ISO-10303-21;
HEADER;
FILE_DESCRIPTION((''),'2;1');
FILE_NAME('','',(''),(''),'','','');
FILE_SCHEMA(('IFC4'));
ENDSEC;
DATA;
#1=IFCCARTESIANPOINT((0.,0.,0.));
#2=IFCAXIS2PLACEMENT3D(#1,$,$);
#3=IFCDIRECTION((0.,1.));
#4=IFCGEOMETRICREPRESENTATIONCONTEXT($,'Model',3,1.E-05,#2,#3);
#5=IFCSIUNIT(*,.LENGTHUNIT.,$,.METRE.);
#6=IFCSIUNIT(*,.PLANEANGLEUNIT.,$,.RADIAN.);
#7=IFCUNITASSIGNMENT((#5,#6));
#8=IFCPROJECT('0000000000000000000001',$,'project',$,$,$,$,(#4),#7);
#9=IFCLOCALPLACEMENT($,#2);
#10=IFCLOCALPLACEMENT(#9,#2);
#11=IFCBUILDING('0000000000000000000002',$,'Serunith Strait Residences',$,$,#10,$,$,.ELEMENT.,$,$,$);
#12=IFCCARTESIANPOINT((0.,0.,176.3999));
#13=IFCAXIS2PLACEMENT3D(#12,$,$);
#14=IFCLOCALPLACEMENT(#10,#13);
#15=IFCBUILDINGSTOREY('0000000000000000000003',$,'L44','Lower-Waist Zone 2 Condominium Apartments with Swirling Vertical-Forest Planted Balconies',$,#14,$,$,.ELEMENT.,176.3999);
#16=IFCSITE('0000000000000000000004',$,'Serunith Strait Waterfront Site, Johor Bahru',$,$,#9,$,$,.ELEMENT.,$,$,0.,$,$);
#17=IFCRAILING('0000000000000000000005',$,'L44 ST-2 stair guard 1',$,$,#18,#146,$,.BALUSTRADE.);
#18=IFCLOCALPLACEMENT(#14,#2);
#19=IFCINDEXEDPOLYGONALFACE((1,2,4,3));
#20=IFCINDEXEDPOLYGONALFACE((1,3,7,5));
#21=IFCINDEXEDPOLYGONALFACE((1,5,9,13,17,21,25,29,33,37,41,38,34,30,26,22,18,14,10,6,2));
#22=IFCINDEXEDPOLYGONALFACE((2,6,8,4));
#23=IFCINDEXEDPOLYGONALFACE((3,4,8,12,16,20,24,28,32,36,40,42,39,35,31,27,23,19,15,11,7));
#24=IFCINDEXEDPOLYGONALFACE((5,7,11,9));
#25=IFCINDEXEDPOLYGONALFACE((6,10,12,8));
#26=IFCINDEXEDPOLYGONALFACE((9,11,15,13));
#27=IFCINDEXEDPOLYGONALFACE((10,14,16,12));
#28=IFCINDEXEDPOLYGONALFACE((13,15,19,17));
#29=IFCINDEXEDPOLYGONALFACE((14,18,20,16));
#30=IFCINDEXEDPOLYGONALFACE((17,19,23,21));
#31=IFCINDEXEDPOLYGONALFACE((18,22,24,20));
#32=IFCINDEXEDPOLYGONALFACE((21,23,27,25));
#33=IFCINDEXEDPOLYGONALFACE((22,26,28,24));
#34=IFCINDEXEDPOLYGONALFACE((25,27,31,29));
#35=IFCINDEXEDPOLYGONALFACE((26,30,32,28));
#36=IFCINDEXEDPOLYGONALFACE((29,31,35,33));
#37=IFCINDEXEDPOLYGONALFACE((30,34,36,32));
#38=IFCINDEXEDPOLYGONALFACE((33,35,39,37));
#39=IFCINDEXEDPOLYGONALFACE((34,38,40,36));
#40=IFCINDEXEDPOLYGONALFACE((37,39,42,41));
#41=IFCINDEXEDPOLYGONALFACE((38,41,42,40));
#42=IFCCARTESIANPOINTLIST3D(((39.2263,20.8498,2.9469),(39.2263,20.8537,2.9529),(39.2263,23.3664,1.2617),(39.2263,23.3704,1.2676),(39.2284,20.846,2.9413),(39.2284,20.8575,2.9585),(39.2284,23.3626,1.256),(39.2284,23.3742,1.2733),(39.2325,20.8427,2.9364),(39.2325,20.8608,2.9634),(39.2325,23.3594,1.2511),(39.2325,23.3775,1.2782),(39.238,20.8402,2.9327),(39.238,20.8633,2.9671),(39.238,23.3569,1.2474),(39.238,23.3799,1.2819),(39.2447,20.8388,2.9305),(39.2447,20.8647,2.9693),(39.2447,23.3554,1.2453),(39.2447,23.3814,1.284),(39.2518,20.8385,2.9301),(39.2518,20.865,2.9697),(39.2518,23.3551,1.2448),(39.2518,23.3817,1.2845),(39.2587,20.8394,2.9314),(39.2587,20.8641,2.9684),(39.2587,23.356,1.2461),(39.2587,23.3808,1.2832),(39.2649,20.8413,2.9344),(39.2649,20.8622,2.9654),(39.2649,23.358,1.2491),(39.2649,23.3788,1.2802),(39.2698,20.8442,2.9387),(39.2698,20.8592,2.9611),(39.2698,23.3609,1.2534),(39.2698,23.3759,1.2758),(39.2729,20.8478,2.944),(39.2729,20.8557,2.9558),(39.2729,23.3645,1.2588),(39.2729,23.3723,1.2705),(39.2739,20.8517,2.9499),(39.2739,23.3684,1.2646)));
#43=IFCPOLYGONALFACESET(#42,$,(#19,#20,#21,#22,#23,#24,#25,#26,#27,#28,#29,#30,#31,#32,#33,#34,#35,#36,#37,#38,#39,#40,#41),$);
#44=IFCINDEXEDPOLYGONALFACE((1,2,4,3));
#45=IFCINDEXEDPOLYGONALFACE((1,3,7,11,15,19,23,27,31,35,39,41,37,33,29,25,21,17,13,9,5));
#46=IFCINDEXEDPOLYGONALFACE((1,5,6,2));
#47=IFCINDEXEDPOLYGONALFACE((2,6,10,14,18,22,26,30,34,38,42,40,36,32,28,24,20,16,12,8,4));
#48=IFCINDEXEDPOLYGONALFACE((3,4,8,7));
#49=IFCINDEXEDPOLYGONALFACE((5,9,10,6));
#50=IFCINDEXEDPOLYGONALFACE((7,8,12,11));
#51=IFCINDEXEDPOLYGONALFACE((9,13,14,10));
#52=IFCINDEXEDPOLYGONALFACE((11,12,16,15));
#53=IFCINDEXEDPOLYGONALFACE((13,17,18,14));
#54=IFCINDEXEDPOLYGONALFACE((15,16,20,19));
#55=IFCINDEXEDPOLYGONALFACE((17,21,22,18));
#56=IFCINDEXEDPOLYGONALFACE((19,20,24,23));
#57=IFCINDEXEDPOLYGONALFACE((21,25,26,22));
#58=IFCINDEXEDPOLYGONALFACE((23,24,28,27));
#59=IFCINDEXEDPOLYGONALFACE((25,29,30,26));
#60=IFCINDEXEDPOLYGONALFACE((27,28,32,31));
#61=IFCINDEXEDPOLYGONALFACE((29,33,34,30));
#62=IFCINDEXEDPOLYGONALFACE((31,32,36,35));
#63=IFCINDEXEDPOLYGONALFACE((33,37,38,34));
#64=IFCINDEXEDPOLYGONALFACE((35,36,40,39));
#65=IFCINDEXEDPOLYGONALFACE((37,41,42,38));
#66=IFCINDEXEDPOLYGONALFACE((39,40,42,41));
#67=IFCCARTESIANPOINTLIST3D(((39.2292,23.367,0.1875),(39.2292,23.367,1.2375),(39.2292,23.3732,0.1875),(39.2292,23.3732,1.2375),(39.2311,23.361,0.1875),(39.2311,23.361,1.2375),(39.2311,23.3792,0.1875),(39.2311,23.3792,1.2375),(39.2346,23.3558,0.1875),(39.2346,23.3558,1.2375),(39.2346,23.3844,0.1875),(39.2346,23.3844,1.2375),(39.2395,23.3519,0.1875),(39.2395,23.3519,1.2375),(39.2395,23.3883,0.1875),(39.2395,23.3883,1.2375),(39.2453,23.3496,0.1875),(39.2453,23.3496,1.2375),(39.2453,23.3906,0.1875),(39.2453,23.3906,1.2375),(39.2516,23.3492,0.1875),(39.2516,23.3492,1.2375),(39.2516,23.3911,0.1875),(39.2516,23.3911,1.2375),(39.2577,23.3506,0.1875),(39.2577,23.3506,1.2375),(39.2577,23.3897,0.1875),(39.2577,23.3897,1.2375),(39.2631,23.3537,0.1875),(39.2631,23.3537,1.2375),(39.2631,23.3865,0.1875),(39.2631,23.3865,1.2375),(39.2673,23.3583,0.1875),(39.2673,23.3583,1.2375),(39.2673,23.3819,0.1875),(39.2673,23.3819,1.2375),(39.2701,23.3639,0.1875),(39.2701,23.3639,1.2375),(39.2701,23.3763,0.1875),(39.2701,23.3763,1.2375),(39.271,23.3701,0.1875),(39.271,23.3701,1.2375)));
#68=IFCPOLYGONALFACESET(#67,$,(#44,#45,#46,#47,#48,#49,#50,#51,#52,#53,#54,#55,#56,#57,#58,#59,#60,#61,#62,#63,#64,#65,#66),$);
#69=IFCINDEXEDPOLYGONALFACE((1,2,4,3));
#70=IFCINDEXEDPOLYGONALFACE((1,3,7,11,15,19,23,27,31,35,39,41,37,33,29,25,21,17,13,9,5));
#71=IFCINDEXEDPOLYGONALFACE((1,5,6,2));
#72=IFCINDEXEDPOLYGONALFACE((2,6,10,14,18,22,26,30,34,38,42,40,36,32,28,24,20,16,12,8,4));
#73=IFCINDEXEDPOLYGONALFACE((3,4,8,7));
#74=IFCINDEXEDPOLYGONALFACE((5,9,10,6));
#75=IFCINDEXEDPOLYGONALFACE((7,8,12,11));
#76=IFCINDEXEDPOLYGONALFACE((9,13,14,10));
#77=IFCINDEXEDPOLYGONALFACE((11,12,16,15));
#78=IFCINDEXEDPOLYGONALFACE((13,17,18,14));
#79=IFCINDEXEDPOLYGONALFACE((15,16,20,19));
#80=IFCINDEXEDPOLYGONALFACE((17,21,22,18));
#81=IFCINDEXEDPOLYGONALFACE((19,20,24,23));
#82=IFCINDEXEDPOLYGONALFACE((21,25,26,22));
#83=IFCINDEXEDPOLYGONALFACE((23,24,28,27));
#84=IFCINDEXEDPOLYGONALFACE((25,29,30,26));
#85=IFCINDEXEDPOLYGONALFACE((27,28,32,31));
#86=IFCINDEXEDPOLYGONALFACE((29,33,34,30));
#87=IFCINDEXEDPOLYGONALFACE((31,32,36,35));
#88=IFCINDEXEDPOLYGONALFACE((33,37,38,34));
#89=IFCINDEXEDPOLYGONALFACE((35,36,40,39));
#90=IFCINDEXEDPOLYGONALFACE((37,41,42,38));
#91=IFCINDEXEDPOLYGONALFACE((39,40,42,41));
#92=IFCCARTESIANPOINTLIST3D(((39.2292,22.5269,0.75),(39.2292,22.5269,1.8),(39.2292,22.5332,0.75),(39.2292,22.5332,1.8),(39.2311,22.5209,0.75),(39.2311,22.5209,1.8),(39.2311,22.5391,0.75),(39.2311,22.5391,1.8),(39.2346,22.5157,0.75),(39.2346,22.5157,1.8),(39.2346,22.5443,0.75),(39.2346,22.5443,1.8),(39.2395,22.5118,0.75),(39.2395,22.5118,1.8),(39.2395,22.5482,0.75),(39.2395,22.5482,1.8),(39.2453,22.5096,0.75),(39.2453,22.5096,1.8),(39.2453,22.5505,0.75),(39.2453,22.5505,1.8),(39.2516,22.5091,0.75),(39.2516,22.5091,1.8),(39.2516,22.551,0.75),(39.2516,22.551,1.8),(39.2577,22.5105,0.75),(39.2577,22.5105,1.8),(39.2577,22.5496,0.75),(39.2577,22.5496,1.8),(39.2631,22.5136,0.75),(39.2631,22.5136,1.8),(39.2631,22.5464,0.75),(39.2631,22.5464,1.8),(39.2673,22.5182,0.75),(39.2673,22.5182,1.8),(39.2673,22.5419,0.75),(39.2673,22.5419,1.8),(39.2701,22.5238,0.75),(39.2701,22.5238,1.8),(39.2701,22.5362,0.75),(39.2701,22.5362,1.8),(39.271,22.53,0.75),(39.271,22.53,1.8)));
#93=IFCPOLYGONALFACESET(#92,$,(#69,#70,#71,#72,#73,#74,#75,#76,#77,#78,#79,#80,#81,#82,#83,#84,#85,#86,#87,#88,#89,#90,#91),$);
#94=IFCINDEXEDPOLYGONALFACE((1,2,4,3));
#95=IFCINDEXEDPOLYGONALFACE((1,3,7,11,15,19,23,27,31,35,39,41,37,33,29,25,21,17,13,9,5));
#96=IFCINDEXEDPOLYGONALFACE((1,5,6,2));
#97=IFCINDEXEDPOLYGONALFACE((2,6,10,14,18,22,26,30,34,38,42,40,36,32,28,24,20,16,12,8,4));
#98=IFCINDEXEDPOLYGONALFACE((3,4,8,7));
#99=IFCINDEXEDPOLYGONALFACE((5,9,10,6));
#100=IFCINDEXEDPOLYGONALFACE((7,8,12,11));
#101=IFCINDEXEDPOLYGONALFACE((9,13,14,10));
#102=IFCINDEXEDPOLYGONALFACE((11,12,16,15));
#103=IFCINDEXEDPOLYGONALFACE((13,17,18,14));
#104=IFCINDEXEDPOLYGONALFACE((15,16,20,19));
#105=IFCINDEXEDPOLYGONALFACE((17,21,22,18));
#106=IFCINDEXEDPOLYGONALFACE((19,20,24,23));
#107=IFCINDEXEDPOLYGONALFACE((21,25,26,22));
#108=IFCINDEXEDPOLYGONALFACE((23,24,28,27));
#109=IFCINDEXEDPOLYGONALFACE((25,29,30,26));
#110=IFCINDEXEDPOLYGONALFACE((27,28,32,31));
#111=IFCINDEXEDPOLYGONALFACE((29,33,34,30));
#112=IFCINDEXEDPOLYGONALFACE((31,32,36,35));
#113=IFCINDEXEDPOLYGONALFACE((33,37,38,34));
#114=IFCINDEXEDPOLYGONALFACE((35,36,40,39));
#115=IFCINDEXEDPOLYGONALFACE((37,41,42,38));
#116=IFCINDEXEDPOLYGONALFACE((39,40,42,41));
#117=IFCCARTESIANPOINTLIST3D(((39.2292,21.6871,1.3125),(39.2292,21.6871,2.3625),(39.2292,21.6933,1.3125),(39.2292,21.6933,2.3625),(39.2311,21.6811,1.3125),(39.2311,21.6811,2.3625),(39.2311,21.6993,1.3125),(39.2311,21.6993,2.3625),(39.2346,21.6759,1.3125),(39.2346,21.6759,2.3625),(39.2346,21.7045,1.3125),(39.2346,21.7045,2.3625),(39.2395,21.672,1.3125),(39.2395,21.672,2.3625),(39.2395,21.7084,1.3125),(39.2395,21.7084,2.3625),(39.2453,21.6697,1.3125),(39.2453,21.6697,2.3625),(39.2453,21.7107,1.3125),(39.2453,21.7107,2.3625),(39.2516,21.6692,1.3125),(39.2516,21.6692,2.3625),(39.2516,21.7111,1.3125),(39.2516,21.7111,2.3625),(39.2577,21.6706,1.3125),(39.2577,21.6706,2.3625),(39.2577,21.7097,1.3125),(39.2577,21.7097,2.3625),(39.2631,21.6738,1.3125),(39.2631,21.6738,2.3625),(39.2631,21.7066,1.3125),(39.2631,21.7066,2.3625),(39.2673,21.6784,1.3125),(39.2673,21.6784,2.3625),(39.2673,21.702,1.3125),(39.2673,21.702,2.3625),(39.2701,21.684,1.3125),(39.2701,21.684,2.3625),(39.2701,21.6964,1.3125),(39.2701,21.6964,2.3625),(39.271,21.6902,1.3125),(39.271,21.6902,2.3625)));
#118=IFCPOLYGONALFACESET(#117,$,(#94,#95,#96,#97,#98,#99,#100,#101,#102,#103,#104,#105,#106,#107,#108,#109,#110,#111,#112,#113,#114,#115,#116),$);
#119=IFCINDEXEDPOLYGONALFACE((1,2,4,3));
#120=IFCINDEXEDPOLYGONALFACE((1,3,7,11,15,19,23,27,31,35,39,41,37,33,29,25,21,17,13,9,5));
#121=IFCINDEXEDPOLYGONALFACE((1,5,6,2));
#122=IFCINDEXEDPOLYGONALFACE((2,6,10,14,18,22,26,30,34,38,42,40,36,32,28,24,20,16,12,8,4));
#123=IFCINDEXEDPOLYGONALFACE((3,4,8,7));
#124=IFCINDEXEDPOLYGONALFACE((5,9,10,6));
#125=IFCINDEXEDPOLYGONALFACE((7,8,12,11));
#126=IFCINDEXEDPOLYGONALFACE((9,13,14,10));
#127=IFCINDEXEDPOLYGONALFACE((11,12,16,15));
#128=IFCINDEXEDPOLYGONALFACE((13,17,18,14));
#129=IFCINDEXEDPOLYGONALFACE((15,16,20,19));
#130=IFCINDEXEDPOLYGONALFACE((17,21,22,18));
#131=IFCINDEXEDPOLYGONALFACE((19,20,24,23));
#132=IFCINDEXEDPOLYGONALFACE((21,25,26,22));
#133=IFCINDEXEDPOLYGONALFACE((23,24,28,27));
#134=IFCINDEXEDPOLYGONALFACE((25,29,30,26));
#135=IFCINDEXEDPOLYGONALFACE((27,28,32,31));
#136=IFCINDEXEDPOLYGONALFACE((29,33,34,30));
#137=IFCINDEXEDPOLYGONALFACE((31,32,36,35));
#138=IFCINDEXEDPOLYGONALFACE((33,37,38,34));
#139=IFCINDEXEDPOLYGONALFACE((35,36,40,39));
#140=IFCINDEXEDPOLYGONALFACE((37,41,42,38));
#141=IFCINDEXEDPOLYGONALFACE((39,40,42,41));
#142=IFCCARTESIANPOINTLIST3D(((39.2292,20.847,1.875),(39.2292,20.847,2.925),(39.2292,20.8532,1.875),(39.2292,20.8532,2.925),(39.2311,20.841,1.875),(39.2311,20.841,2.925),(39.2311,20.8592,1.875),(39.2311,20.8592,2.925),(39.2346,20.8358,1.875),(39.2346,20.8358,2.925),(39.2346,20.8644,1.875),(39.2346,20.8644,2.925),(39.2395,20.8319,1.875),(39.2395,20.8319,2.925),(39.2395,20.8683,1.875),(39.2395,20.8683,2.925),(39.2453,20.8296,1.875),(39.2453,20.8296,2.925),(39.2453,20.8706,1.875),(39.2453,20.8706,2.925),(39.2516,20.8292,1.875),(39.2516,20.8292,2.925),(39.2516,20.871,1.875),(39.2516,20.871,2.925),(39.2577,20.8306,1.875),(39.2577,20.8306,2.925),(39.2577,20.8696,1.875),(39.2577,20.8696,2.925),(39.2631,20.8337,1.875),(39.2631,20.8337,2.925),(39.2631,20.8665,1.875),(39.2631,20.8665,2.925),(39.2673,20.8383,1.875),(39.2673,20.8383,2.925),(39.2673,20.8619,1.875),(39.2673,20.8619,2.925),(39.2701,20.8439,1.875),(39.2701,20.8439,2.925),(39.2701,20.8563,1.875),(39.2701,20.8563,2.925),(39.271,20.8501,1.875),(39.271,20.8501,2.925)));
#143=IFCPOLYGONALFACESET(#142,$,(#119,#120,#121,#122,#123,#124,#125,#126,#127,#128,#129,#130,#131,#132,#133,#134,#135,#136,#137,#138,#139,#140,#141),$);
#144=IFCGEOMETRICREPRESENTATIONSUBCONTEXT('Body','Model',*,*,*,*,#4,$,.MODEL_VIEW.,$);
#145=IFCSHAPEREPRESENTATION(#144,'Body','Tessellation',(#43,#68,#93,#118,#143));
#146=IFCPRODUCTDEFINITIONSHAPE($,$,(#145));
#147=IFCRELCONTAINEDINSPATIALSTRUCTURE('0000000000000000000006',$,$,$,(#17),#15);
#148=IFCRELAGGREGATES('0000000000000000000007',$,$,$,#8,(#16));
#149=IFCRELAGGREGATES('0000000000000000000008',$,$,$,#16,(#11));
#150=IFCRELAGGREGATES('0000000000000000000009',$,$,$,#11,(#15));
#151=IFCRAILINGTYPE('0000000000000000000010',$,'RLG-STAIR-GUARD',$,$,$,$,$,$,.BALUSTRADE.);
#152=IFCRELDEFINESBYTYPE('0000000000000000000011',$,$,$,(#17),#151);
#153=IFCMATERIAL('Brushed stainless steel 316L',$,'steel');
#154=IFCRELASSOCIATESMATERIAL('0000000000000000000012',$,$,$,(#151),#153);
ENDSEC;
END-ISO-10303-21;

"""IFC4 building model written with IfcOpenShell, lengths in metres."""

from ifc_helpers import new_model, si_unit, direction, frame, origin, origin_2d, place, context, subcontext, project, spatial, circle, extrude, material, type_object, element, save


model = new_model("IFC4")

# Units and contexts
model_context = context("Model", 3, precision=1e-05, world=origin(), true_north=direction((0.0, 1.0)))
body_context = subcontext(model_context, "Body", "Model", "MODEL_VIEW")
ifc_project = project(units=[si_unit("LENGTHUNIT", "METRE"), si_unit("PLANEANGLEUNIT", "RADIAN")], contexts=[model_context])

# Site, building, storey
site_placement = place(None, origin())
site = spatial("IfcSite", under=ifc_project, at=site_placement, Name="Serunith Strait Waterfront Site, Johor Bahru", CompositionType="ELEMENT", RefElevation=0.0)
building_placement = place(site_placement, origin())
building = spatial("IfcBuilding", under=site, at=building_placement, Name="Serunith Strait Residences", CompositionType="ELEMENT")
storey_placement = place(building_placement, frame((0.0, 0.0, 176.3999)))
storey = spatial("IfcBuildingStorey", under=building, at=storey_placement, Name="L44", Description="Lower-Waist Zone 2 Condominium Apartments with Swirling Vertical-Forest Planted Balconies", CompositionType="ELEMENT", Elevation=176.3999)

# Railing
ifc_material_1 = material(Name="Brushed stainless steel 316L", Category="steel")
railing_type_1 = type_object("IfcRailingType", Name="RLG-STAIR-GUARD", PredefinedType="BALUSTRADE", material=ifc_material_1)
railing_1_placement = place(storey_placement, frame((39.25, 23.3701, 0.1875)))
element("IfcRailing", 1, at=railing_1_placement, inside=storey, type_object=railing_type_1, Name="L44 ST-2 stair guard 1", PredefinedType="BALUSTRADE", context=body_context, shape_type="SweptSolid", body=[
    extrude(circle(Radius=0.0239, at=origin_2d()), frame((0.0, -0.0017, 1.0771), z_axis=(0.0, -0.830909, 0.556408), x_axis=(1.0, 0.0, 0.0)), (0.0, 0.0, 1.0), 3.0288),
    extrude(circle(Radius=0.021, at=origin_2d()), origin(), (0.0, 0.0, 1.0), 1.05),
    extrude(circle(Radius=0.021, at=origin_2d()), frame((0.0, -0.8401, 0.5625)), (0.0, 0.0, 1.0), 1.05),
    extrude(circle(Radius=0.021, at=origin_2d()), frame((0.0, -1.6799, 1.125)), (0.0, 0.0, 1.0), 1.05),
    extrude(circle(Radius=0.021, at=origin_2d()), frame((0.0, -2.52, 1.6875)), (0.0, 0.0, 1.0), 1.05),
])

save(model, "model.ifc")
